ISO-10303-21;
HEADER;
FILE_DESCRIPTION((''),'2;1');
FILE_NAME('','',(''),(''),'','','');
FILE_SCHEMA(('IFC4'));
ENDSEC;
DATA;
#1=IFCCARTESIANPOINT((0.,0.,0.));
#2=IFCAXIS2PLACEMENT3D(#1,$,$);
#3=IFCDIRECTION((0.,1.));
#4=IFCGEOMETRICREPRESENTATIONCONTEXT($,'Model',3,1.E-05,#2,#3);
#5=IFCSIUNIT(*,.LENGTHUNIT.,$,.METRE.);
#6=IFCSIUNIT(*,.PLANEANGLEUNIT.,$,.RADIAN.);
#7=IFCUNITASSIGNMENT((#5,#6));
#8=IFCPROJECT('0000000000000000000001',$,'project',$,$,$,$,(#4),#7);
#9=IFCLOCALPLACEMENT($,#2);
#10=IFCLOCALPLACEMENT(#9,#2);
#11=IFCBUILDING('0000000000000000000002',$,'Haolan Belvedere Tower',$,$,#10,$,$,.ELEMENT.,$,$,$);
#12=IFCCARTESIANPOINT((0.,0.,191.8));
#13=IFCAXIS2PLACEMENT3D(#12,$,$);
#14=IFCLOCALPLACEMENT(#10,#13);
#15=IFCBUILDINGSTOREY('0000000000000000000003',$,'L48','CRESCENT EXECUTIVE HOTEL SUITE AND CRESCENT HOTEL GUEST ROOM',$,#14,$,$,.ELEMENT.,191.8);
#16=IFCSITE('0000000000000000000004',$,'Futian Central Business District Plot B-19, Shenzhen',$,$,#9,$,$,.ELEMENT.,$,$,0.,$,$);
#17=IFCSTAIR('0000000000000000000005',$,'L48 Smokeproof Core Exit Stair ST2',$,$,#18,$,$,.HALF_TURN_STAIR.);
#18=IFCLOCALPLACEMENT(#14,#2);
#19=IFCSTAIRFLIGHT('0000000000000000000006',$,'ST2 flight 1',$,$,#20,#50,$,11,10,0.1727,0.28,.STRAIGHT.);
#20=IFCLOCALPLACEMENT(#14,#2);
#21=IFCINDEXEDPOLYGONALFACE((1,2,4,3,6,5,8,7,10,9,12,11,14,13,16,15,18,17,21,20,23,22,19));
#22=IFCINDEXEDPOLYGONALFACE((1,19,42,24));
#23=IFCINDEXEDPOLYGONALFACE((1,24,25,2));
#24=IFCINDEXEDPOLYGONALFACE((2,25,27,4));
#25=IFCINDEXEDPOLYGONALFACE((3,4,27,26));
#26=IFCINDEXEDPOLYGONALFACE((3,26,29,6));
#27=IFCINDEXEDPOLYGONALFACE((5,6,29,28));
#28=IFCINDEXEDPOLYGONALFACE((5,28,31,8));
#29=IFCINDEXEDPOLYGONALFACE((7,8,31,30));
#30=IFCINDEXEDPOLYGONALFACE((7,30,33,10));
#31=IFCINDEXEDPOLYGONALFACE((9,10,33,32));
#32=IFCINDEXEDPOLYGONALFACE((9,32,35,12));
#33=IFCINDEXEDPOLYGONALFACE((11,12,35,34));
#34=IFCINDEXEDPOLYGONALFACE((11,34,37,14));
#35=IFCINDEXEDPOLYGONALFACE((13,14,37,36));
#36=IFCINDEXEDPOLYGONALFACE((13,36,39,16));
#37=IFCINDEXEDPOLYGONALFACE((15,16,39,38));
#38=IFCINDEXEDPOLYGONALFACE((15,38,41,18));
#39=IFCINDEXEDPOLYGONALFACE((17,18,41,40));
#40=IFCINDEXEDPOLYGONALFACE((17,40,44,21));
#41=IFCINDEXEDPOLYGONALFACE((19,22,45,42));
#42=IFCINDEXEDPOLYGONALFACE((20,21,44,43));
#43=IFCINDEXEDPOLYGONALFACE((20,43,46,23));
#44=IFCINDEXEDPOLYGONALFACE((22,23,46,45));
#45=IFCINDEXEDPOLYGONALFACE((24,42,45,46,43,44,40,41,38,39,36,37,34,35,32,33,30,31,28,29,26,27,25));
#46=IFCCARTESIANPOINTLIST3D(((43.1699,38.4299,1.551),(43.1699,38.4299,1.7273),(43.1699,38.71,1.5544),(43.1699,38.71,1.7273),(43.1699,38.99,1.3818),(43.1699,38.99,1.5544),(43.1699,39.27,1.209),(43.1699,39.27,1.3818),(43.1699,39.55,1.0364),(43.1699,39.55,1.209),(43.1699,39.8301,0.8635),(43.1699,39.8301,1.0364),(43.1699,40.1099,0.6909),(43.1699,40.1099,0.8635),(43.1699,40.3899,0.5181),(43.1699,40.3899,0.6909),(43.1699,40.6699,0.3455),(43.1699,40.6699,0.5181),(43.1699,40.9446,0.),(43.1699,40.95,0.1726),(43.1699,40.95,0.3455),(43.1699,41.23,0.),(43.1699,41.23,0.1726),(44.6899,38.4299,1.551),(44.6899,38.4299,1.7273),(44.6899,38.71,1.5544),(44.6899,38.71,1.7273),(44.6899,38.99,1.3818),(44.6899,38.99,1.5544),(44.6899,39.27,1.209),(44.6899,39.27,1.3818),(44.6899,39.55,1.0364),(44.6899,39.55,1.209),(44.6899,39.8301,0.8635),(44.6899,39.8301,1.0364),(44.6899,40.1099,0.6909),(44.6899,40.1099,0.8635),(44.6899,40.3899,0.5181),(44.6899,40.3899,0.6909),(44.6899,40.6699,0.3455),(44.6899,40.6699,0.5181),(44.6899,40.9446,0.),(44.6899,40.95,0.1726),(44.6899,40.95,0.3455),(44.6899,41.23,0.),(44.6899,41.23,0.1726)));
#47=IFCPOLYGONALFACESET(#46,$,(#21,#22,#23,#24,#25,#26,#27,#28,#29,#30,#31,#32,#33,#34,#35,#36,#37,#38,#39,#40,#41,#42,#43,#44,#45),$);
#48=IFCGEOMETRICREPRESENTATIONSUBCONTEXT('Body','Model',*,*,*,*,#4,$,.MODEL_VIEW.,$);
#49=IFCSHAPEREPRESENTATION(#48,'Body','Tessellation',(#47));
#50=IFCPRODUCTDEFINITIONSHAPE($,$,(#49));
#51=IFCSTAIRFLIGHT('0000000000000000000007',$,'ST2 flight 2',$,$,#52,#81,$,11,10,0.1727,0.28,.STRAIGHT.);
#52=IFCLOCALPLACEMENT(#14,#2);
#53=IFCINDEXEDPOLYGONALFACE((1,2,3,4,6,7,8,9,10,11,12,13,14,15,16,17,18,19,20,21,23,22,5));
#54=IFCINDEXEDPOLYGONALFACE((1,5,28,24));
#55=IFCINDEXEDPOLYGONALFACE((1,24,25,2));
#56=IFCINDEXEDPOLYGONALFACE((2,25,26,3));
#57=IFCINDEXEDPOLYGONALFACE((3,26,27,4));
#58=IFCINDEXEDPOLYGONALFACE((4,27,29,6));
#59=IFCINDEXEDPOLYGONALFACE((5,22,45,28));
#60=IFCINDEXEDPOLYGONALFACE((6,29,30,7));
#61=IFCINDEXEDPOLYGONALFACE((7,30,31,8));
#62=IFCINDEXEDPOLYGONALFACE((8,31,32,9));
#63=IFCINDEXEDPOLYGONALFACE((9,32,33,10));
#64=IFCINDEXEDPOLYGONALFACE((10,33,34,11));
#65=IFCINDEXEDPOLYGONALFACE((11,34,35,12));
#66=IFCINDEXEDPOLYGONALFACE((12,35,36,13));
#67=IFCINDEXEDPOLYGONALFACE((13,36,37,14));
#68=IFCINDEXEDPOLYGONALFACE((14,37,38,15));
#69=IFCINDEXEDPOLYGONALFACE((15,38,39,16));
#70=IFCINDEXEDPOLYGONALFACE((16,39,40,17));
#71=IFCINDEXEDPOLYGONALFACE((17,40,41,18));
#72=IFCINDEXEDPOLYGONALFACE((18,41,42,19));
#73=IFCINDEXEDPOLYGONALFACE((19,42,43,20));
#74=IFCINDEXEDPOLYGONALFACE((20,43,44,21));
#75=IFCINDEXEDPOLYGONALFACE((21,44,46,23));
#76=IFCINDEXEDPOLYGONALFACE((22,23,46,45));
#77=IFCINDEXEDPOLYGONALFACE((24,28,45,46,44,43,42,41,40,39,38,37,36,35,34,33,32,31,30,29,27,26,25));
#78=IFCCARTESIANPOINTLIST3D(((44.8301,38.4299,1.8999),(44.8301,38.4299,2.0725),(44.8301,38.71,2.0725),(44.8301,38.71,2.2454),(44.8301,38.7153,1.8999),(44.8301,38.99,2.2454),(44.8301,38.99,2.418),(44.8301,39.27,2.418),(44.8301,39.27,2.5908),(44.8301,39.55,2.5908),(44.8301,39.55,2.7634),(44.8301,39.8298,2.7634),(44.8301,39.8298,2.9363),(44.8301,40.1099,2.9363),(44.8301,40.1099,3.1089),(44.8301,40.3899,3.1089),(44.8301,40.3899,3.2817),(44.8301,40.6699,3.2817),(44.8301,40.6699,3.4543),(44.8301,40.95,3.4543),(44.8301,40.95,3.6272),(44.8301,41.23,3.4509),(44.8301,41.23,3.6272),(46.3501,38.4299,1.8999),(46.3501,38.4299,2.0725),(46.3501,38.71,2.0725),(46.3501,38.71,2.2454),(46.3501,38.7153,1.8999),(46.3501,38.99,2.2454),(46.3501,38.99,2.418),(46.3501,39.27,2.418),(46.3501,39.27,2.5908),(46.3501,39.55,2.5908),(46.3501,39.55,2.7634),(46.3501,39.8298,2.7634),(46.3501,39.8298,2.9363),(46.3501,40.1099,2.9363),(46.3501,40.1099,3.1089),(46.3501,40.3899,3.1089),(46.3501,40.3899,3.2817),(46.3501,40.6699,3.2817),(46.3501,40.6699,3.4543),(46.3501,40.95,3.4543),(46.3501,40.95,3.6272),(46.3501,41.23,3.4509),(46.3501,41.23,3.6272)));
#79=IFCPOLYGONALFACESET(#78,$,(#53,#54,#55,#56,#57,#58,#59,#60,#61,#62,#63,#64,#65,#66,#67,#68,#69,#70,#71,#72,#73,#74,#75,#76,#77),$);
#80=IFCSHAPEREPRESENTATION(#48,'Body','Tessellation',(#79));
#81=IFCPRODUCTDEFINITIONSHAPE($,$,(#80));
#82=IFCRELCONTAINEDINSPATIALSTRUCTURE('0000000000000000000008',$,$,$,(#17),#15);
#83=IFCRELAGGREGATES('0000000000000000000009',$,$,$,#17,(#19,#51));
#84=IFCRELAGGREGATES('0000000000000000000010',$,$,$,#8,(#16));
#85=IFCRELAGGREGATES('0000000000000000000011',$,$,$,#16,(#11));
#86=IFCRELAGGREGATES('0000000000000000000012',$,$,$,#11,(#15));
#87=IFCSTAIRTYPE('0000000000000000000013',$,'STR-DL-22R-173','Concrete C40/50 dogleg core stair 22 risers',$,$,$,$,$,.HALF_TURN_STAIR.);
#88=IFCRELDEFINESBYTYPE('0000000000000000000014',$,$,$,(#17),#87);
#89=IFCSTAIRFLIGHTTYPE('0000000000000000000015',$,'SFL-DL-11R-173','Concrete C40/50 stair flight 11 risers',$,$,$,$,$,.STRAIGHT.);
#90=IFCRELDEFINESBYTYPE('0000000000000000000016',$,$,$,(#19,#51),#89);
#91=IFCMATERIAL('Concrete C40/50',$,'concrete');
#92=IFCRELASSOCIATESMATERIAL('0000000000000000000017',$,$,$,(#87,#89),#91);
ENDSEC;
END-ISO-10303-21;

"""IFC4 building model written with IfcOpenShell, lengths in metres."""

from ifc_helpers import new_model, si_unit, direction, frame, origin, place, context, subcontext, project, spatial, polyline, outline, extrude, material, type_object, element, aggregate, save


model = new_model("IFC4")

# Units and contexts
model_context = context("Model", 3, precision=1e-05, world=origin(), true_north=direction((0.0, 1.0)))
body_context = subcontext(model_context, "Body", "Model", "MODEL_VIEW")
ifc_project = project(units=[si_unit("LENGTHUNIT", "METRE"), si_unit("PLANEANGLEUNIT", "RADIAN")], contexts=[model_context])

# Site, building, storey
site_placement = place(None, origin())
site = spatial("IfcSite", under=ifc_project, at=site_placement, Name="Futian Central Business District Plot B-19, Shenzhen", CompositionType="ELEMENT", RefElevation=0.0)
building_placement = place(site_placement, origin())
building = spatial("IfcBuilding", under=site, at=building_placement, Name="Haolan Belvedere Tower", CompositionType="ELEMENT")
storey_placement = place(building_placement, frame((0.0, 0.0, 191.8)))
storey = spatial("IfcBuildingStorey", under=building, at=storey_placement, Name="L48", Description="CRESCENT EXECUTIVE HOTEL SUITE AND CRESCENT HOTEL GUEST ROOM", CompositionType="ELEMENT", Elevation=191.8)

# Shared definitions
ifc_material_1 = material(Name="Concrete C40/50", Category="concrete")

# Shared definitions
stair_type = type_object("IfcStairType", Name="STR-DL-22R-173", Description="Concrete C40/50 dogleg core stair 22 risers", PredefinedType="HALF_TURN_STAIR", material=ifc_material_1)
stair_flight_type = type_object("IfcStairFlightType", Name="SFL-DL-11R-173", Description="Concrete C40/50 stair flight 11 risers", PredefinedType="STRAIGHT", material=ifc_material_1)

# Stair, stair flights
stair_1_placement = place(storey_placement, origin())
stair_1 = element("IfcStair", 1, at=stair_1_placement, inside=storey, type_object=stair_type, Name="L48 Smokeproof Core Exit Stair ST2", PredefinedType="HALF_TURN_STAIR")
stair_flight_1_placement = place(storey_placement, frame((43.9299, 41.23, 0.0), z_axis=(0.0, 0.0, 1.0), x_axis=(0.0, -1.0, 0.0)))
stair_flight_1 = element("IfcStairFlight", 2, at=stair_flight_1_placement, type_object=stair_flight_type, Name="ST2 flight 1", NumberOfRisers=11, NumberOfTreads=10, PredefinedType="STRAIGHT", RiserHeight=0.1727, TreadLength=0.28, context=body_context, shape_type="SweptSolid", body=[
    extrude(outline(polyline([(0.0, 0.0), (0.0, 0.1726), (0.28, 0.1726), (0.28, 0.3455), (0.5601, 0.3455), (0.5601, 0.5181), (0.8401, 0.5181), (0.8401, 0.6909), (1.1201, 0.6909), (1.1201, 0.8635), (1.3999, 0.8635), (1.3999, 1.0364), (1.6799, 1.0364), (1.6799, 1.209), (1.96, 1.209), (1.96, 1.3818), (2.24, 1.3818), (2.24, 1.5544), (2.52, 1.5544), (2.52, 1.7273), (2.8, 1.7273), (2.8, 1.8999), (2.8, 1.551), (0.2854, 0.0), (0.0, 0.0)])), frame((0.0, 0.76, 0.0), z_axis=(0.0, -1.0, 0.0), x_axis=(1.0, 0.0, 0.0)), (0.0, 0.0, 1.0), 1.52),
])
stair_flight_2_placement = place(storey_placement, frame((45.5901, 38.4299, 1.8999), z_axis=(0.0, 0.0, 1.0), x_axis=(0.0, 1.0, 0.0)))
stair_flight_2 = element("IfcStairFlight", 3, at=stair_flight_2_placement, type_object=stair_flight_type, Name="ST2 flight 2", NumberOfRisers=11, NumberOfTreads=10, PredefinedType="STRAIGHT", RiserHeight=0.1727, TreadLength=0.28, context=body_context, shape_type="SweptSolid", body=[
    extrude(outline(polyline([(0.0, 0.0), (0.0, 0.1726), (0.28, 0.1726), (0.28, 0.3455), (0.5601, 0.3455), (0.5601, 0.5181), (0.8401, 0.5181), (0.8401, 0.6909), (1.1201, 0.6909), (1.1201, 0.8635), (1.3999, 0.8635), (1.3999, 1.0364), (1.6799, 1.0364), (1.6799, 1.209), (1.96, 1.209), (1.96, 1.3818), (2.24, 1.3818), (2.24, 1.5544), (2.52, 1.5544), (2.52, 1.7273), (2.8, 1.7273), (2.8, 1.8999), (2.8, 1.551), (0.2854, 0.0), (0.0, 0.0)])), frame((0.0, 0.76, 0.0), z_axis=(0.0, -1.0, 0.0), x_axis=(1.0, 0.0, 0.0)), (0.0, 0.0, 1.0), 1.52),
])
aggregate(stair_1, [stair_flight_1, stair_flight_2])

save(model, "model.ifc")
